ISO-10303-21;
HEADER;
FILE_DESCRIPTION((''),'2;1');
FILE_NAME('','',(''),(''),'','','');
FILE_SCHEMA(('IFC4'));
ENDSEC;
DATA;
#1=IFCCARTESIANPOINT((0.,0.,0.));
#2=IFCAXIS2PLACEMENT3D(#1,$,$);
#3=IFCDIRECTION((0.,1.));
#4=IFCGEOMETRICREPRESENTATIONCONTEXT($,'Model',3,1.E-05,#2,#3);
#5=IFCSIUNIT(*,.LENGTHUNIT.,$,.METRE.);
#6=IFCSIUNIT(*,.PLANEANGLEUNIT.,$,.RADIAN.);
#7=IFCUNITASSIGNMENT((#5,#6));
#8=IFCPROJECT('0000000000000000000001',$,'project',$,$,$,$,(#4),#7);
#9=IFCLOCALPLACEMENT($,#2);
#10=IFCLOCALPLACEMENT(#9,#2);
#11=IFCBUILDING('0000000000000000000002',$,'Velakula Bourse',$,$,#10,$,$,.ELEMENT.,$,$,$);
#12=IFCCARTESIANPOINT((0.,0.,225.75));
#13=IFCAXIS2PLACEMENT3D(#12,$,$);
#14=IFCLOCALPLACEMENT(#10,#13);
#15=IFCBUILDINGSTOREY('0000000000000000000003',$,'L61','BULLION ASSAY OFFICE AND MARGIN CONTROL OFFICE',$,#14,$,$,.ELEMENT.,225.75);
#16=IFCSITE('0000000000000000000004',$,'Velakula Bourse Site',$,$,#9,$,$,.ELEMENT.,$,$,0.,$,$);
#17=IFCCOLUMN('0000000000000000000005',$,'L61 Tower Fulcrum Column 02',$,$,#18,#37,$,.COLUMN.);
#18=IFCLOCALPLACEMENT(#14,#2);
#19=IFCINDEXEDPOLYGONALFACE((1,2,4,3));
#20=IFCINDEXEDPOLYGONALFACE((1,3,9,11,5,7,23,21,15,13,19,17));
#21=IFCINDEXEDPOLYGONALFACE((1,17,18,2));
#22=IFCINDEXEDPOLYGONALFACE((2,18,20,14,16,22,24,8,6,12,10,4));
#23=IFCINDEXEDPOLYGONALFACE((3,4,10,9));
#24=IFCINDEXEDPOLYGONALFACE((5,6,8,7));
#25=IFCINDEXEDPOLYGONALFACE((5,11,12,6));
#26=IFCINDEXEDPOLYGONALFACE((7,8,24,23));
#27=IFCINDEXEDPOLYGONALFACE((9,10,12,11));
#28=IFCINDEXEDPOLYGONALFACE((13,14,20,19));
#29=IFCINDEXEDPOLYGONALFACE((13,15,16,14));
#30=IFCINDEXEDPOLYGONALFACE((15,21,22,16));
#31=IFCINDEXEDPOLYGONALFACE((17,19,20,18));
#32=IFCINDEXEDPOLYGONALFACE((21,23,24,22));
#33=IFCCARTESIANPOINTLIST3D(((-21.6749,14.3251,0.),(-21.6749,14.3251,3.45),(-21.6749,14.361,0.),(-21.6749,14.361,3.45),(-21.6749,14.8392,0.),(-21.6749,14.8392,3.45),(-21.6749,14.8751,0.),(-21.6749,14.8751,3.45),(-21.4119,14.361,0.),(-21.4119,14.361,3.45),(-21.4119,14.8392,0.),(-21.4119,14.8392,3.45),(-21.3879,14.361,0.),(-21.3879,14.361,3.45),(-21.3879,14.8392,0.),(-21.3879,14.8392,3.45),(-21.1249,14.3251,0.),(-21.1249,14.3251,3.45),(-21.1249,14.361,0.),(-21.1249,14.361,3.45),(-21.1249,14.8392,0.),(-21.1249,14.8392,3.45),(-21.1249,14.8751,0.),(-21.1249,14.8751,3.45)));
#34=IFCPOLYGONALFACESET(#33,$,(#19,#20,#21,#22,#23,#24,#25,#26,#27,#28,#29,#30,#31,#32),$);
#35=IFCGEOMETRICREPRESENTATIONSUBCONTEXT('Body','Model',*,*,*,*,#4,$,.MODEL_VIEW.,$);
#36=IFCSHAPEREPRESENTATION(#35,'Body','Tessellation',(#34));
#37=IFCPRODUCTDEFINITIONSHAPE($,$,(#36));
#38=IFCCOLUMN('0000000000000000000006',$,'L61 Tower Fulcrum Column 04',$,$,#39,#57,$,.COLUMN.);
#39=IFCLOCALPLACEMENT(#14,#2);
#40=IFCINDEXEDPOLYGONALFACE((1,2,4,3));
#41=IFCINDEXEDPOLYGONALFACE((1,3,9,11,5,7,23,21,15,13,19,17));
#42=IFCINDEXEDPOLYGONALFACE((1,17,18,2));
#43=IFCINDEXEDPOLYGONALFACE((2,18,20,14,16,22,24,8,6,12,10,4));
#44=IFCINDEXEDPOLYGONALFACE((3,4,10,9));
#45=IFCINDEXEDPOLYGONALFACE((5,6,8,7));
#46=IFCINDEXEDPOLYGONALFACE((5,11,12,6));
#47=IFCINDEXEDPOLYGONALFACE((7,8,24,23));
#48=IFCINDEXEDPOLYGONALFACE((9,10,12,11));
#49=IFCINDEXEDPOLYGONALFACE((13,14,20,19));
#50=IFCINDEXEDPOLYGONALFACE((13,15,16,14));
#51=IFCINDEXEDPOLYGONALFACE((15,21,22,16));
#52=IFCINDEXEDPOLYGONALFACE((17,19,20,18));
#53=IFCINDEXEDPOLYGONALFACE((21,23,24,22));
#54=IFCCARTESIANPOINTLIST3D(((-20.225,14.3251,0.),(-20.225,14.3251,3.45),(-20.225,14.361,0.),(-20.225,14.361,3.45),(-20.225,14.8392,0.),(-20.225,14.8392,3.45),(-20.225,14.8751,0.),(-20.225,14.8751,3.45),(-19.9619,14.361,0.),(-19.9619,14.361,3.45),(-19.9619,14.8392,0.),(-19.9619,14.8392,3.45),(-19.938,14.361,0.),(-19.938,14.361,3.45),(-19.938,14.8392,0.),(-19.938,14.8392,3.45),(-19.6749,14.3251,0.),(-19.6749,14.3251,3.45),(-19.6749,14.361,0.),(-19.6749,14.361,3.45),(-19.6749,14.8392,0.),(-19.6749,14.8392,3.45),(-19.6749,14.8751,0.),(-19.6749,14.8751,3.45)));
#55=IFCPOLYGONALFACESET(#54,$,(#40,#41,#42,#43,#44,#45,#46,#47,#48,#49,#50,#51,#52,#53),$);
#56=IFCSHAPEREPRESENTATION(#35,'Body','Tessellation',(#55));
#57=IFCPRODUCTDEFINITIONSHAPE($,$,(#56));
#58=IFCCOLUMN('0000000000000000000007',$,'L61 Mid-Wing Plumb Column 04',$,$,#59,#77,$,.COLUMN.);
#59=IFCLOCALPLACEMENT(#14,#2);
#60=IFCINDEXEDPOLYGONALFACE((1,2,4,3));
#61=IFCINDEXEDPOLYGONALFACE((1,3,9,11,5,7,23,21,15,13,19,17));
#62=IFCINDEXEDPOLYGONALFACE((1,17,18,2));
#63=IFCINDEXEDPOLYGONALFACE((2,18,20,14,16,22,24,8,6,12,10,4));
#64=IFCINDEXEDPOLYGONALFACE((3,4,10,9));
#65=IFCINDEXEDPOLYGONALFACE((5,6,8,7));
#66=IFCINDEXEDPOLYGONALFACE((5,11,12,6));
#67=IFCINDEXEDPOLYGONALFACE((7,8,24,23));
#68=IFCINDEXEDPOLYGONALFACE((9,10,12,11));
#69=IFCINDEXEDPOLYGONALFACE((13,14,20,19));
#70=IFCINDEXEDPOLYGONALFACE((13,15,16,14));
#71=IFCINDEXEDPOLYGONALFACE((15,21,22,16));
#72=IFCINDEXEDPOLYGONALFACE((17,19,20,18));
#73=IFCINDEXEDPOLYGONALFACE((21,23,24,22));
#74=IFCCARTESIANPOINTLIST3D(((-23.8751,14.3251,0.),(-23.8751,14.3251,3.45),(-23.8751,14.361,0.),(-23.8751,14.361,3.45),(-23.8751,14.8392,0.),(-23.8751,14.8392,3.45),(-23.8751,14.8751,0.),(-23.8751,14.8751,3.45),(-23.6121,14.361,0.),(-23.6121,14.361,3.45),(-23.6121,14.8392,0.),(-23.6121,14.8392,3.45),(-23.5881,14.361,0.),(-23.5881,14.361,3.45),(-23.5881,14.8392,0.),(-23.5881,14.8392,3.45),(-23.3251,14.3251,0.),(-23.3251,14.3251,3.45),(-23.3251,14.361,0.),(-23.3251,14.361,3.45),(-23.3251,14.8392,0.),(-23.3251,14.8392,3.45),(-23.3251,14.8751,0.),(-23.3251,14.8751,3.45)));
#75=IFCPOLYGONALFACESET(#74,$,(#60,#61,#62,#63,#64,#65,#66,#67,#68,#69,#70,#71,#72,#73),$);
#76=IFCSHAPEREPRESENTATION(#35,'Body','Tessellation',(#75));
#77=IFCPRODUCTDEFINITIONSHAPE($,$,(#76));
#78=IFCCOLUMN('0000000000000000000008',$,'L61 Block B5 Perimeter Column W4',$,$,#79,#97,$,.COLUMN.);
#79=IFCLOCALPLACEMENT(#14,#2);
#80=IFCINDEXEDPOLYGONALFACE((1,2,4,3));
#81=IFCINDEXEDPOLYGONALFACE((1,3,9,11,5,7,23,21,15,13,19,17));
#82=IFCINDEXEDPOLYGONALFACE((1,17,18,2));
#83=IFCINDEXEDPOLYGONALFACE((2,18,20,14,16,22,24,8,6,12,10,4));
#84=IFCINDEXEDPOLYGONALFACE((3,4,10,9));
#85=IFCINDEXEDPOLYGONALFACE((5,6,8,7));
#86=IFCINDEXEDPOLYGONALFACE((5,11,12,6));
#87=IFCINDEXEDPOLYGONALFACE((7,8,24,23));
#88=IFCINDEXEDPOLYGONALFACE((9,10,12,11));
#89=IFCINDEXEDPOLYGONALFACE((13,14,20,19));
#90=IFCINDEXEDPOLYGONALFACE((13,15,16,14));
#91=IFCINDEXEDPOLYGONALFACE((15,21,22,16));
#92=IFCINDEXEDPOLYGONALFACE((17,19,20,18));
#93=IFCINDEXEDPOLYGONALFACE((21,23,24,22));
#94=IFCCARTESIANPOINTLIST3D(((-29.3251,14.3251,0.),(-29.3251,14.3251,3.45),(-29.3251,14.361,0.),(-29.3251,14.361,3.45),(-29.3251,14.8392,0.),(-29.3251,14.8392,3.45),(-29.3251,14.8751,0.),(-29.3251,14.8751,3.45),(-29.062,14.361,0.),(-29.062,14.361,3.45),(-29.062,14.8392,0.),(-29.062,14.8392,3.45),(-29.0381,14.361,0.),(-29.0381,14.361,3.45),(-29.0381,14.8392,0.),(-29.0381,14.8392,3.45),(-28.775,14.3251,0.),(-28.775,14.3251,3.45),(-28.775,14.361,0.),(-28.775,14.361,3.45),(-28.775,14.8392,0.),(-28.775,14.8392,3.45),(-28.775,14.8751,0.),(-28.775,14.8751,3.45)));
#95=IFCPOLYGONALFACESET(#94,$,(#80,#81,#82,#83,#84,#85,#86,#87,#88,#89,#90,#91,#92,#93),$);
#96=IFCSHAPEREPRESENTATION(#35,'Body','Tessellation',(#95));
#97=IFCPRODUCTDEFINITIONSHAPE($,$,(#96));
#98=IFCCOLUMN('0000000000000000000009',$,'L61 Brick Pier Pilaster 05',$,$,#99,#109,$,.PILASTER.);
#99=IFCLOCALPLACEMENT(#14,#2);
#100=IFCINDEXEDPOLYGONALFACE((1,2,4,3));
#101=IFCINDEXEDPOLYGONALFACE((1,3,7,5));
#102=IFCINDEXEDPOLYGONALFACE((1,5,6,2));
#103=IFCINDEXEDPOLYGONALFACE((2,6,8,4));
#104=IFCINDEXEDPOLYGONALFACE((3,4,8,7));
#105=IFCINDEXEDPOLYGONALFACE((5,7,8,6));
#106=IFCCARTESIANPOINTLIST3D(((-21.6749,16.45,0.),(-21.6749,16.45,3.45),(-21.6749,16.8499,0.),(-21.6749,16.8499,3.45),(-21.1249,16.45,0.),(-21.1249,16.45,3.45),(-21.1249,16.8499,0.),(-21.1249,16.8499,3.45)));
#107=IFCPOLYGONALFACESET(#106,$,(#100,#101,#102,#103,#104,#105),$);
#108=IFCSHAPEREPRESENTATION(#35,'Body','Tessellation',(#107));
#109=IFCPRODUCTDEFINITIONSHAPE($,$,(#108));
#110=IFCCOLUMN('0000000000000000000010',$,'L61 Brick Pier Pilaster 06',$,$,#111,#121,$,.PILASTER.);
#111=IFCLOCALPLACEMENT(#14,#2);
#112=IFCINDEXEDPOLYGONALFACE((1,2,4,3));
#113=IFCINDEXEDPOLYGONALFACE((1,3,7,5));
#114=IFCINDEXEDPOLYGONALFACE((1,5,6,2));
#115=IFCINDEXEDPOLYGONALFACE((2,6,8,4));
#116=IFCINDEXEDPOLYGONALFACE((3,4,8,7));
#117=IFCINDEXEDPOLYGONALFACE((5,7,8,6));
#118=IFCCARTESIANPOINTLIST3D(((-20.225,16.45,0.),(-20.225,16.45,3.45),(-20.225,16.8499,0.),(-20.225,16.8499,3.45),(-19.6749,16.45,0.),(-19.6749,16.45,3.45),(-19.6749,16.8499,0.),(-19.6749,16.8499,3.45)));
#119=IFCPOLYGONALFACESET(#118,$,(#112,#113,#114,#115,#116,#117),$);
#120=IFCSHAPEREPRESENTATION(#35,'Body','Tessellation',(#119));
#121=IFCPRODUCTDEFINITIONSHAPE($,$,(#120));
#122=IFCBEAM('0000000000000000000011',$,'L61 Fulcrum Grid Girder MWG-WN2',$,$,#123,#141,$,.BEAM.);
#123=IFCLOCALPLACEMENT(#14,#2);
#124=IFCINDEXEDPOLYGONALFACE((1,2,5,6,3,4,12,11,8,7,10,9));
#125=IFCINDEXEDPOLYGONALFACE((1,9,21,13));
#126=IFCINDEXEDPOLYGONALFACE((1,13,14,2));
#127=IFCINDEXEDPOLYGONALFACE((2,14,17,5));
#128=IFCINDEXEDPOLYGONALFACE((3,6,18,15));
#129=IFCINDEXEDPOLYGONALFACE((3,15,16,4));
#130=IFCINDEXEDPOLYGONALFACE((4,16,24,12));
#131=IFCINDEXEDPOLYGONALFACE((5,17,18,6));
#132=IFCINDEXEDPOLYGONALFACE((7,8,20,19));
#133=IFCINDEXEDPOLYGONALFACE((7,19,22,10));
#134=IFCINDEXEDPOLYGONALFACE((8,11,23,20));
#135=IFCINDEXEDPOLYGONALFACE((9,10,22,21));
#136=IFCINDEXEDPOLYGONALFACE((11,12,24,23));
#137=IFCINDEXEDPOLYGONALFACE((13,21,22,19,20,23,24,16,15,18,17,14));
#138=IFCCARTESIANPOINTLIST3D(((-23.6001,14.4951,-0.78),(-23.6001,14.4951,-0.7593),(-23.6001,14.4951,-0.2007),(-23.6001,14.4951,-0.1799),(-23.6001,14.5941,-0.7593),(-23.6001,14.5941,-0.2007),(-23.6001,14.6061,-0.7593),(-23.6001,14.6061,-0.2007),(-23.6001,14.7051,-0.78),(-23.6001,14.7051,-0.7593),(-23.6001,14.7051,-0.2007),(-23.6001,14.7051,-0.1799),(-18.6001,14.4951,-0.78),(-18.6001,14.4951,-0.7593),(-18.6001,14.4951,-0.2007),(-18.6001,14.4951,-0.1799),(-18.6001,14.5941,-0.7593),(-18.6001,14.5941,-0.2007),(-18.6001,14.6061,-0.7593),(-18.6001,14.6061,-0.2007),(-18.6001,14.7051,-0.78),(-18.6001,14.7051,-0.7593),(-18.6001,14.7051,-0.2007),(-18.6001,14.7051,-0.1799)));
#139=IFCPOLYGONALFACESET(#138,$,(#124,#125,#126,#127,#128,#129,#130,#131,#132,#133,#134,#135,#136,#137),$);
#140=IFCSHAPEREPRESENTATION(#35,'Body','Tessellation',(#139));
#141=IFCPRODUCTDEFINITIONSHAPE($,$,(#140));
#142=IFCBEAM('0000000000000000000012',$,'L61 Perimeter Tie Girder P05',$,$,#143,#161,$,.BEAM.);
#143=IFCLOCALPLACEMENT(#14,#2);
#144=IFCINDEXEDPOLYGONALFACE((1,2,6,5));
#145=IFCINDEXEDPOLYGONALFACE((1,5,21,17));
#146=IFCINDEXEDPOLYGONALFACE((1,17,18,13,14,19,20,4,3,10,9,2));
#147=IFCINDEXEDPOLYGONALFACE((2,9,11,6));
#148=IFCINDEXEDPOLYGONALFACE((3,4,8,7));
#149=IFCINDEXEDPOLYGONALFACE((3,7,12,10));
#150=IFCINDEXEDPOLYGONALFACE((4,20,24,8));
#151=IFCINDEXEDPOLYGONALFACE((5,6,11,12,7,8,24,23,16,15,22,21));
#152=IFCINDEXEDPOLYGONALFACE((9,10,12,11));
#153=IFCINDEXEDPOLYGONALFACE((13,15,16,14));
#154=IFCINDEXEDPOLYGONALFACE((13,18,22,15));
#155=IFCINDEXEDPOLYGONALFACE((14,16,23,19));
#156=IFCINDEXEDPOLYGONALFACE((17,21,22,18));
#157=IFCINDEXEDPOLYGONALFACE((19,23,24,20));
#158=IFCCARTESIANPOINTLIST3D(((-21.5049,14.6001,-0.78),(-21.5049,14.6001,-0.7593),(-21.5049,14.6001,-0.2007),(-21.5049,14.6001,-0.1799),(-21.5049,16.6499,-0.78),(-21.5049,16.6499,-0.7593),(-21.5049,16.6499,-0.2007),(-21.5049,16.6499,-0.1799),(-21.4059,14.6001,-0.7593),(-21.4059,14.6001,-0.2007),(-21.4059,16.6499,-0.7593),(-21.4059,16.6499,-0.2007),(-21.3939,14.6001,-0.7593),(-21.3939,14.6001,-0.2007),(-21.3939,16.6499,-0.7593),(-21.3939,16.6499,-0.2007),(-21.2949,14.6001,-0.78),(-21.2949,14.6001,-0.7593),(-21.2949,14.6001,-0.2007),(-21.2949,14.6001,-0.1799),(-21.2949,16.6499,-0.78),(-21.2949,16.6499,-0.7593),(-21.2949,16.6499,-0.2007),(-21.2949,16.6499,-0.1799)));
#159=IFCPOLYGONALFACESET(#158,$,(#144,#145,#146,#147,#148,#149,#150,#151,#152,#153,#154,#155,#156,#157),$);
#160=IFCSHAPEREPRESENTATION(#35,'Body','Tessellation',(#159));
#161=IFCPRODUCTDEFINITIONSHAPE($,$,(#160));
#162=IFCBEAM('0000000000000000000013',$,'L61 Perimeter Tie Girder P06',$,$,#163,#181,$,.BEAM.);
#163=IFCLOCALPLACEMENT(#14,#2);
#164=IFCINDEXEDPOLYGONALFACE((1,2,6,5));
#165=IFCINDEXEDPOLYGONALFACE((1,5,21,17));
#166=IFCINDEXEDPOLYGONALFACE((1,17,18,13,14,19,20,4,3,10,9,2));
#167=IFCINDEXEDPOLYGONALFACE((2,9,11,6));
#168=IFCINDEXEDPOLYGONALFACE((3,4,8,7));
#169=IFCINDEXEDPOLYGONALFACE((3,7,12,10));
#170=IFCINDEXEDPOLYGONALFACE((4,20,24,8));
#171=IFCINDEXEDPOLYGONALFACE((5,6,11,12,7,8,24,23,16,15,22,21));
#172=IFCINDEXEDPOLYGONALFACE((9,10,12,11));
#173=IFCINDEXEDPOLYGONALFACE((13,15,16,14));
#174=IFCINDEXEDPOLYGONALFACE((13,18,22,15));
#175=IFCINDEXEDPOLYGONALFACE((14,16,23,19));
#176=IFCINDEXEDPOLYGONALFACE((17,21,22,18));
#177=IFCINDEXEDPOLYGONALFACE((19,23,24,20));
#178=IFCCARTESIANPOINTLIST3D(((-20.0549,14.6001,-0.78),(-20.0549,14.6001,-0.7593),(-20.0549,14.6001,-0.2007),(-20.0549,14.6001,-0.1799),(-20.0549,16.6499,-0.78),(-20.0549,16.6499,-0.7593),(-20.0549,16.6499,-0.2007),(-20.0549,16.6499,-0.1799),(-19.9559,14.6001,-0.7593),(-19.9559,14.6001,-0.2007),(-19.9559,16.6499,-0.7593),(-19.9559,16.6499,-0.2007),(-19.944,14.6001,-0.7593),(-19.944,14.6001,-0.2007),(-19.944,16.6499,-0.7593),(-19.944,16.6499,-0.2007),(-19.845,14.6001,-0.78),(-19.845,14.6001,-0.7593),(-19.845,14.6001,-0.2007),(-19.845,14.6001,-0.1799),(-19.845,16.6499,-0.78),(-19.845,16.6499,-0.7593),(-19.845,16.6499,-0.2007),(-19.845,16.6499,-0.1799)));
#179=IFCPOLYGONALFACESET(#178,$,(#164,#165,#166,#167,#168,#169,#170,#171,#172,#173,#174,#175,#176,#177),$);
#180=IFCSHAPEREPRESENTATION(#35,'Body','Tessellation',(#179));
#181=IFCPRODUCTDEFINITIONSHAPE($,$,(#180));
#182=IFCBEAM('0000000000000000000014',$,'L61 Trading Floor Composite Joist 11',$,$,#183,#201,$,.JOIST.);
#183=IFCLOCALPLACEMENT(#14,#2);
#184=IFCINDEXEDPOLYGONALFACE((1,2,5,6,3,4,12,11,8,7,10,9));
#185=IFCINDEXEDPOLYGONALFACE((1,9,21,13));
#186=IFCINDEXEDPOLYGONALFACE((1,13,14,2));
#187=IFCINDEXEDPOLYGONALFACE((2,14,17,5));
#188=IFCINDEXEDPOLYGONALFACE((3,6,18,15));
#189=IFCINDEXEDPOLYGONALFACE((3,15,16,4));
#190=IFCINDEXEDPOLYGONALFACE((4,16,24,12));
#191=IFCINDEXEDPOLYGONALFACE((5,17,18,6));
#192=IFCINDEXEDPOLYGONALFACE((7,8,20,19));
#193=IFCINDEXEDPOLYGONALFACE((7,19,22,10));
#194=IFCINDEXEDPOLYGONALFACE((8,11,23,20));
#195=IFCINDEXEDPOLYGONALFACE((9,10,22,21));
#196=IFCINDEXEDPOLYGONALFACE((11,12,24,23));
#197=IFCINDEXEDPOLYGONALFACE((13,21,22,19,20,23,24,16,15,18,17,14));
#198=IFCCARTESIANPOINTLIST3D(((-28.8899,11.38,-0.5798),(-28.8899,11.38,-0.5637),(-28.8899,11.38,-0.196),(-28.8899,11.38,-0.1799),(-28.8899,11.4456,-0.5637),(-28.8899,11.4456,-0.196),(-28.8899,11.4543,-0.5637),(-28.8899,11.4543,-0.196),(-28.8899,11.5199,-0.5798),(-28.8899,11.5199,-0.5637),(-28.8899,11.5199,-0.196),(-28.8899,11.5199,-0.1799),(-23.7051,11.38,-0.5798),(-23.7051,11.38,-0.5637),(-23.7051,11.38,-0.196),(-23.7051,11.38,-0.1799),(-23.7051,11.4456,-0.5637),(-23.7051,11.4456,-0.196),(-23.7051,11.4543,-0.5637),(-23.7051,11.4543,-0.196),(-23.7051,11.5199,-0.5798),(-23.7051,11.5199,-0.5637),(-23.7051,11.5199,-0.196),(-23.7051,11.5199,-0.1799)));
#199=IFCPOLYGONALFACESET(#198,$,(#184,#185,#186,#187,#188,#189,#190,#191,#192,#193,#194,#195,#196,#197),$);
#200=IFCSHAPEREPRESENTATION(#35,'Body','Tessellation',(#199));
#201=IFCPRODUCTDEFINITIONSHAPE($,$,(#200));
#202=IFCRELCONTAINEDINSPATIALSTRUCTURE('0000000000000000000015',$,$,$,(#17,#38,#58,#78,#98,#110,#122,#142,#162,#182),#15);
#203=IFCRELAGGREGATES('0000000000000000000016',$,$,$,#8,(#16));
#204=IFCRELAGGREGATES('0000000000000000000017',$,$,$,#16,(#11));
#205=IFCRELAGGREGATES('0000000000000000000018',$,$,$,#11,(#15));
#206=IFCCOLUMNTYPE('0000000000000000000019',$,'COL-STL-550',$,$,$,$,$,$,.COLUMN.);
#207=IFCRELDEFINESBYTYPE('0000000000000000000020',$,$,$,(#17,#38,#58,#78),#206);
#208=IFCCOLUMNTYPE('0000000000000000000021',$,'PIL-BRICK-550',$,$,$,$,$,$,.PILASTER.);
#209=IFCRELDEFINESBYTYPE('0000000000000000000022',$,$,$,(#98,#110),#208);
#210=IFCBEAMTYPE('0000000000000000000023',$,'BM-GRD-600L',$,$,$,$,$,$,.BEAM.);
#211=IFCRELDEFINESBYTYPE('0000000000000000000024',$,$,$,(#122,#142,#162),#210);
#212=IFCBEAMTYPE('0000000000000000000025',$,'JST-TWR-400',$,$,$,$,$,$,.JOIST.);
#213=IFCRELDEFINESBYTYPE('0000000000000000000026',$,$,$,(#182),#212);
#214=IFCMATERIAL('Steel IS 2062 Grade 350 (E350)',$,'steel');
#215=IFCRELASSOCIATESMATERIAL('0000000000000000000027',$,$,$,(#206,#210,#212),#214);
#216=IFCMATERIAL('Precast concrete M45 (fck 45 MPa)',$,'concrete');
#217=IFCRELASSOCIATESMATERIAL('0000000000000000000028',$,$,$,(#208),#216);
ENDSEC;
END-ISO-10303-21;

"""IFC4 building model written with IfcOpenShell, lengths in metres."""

from ifc_helpers import new_model, si_unit, direction, frame, origin, origin_2d, place, context, subcontext, project, spatial, rectangle, i_section, extrude, material, material_profile, profile_set, type_object, element, save


model = new_model("IFC4")

# Units and contexts
model_context = context("Model", 3, precision=1e-05, world=origin(), true_north=direction((0.0, 1.0)))
body_context = subcontext(model_context, "Body", "Model", "MODEL_VIEW")
ifc_project = project(units=[si_unit("LENGTHUNIT", "METRE"), si_unit("PLANEANGLEUNIT", "RADIAN")], contexts=[model_context])

# Site, building, storey
site_placement = place(None, origin())
site = spatial("IfcSite", under=ifc_project, at=site_placement, Name="Velakula Bourse Site", CompositionType="ELEMENT", RefElevation=0.0)
building_placement = place(site_placement, origin())
building = spatial("IfcBuilding", under=site, at=building_placement, Name="Velakula Bourse", CompositionType="ELEMENT")
storey_placement = place(building_placement, frame((0.0, 0.0, 225.75)))
storey = spatial("IfcBuildingStorey", under=building, at=storey_placement, Name="L61", Description="BULLION ASSAY OFFICE AND MARGIN CONTROL OFFICE", CompositionType="ELEMENT", Elevation=225.75)

# Columns
ifc_material_1 = material(Name="Steel IS 2062 Grade 350 (E350)", Category="steel")
ifc_material_profile_1 = material_profile(ifc_material_1, i_section(OverallWidth=0.55, OverallDepth=0.55, WebThickness=0.0239, FlangeThickness=0.0359, at=origin_2d()), Name="Steel IS 2062 Grade 350 (E350)")
ifc_profile_set_1 = profile_set([ifc_material_profile_1], Name="Steel IS 2062 Grade 350 (E350)")
column_type_1 = type_object("IfcColumnType", Name="COL-STL-550", PredefinedType="COLUMN", material=ifc_profile_set_1)
for number, where, z_axis, x_axis, name in (
    (1, (-21.3999, 14.6001, 0.0), (0.0, 0.0, 1.0), (1.0, 0.0, 0.0), "L61 Tower Fulcrum Column 02"),
    (2, (-19.95, 14.6001, 0.0), (0.0, 0.0, 1.0), (1.0, 0.0, 0.0), "L61 Tower Fulcrum Column 04"),
    (3, (-23.6001, 14.6001, 0.0), (0.0, 0.0, 1.0), (1.0, 0.0, 0.0), "L61 Mid-Wing Plumb Column 04"),
    (4, (-29.05, 14.6001, 0.0), (0.0, 0.0, 1.0), (1.0, 0.0, 0.0), "L61 Block B5 Perimeter Column W4"),
):
    element("IfcColumn", number, at=place(storey_placement, frame(where, z_axis=z_axis, x_axis=x_axis)), inside=storey, type_object=column_type_1, Name=name, PredefinedType="COLUMN", context=body_context, shape_type="SweptSolid", body=[
        extrude(i_section(OverallWidth=0.55, OverallDepth=0.55, WebThickness=0.0239, FlangeThickness=0.0359, at=origin_2d()), origin(), (0.0, 0.0, 1.0), 3.45),
    ])
ifc_material_2 = material(Name="Precast concrete M45 (fck 45 MPa)", Category="concrete")
ifc_material_profile_2 = material_profile(ifc_material_2, rectangle(XDim=0.55, YDim=0.3999, at=origin_2d()), Name="Precast concrete M45 (fck 45 MPa)")
ifc_profile_set_2 = profile_set([ifc_material_profile_2], Name="Precast concrete M45 (fck 45 MPa)")
column_type_2 = type_object("IfcColumnType", Name="PIL-BRICK-550", PredefinedType="PILASTER", material=ifc_profile_set_2)
for number, where, z_axis, x_axis, name in (
    (5, (-21.3999, 16.6499, 0.0), (0.0, 0.0, 1.0), (1.0, 0.0, 0.0), "L61 Brick Pier Pilaster 05"),
    (6, (-19.95, 16.6499, 0.0), (0.0, 0.0, 1.0), (1.0, 0.0, 0.0), "L61 Brick Pier Pilaster 06"),
):
    element("IfcColumn", number, at=place(storey_placement, frame(where, z_axis=z_axis, x_axis=x_axis)), inside=storey, type_object=column_type_2, Name=name, PredefinedType="PILASTER", context=body_context, shape_type="SweptSolid", body=[
        extrude(rectangle(XDim=0.55, YDim=0.3999, at=origin_2d()), origin(), (0.0, 0.0, 1.0), 3.45),
    ])

# Beams
ifc_material_profile_3 = material_profile(ifc_material_1, i_section(OverallWidth=0.21, OverallDepth=0.6001, WebThickness=0.012, FlangeThickness=0.0208, at=origin_2d()), Name="Steel IS 2062 Grade 350 (E350)")
ifc_profile_set_3 = profile_set([ifc_material_profile_3], Name="Steel IS 2062 Grade 350 (E350)")
beam_type_1 = type_object("IfcBeamType", Name="BM-GRD-600L", PredefinedType="BEAM", material=ifc_profile_set_3)
beam_1_placement = place(storey_placement, frame((-23.6001, 14.6001, -0.48), z_axis=(1.0, 0.0, 0.0), x_axis=(0.0, 1.0, 0.0)))
element("IfcBeam", 7, at=beam_1_placement, inside=storey, type_object=beam_type_1, Name="L61 Fulcrum Grid Girder MWG-WN2", PredefinedType="BEAM", context=body_context, shape_type="SweptSolid", body=[
    extrude(i_section(OverallWidth=0.21, OverallDepth=0.6001, WebThickness=0.012, FlangeThickness=0.0208, at=origin_2d()), origin(), (0.0, 0.0, 1.0), 5.0),
])
for number, where, z_axis, x_axis, name in (
    (8, (-21.3999, 14.6001, -0.48), (0.0, 1.0, 0.0), (-1.0, 0.0, 0.0), "L61 Perimeter Tie Girder P05"),
    (9, (-19.95, 14.6001, -0.48), (0.0, 1.0, 0.0), (-1.0, 0.0, 0.0), "L61 Perimeter Tie Girder P06"),
):
    element("IfcBeam", number, at=place(storey_placement, frame(where, z_axis=z_axis, x_axis=x_axis)), inside=storey, type_object=beam_type_1, Name=name, PredefinedType="BEAM", context=body_context, shape_type="SweptSolid", body=[
        extrude(i_section(OverallWidth=0.21, OverallDepth=0.6001, WebThickness=0.012, FlangeThickness=0.0208, at=origin_2d()), origin(), (0.0, 0.0, 1.0), 2.0498),
    ])
ifc_material_profile_4 = material_profile(ifc_material_1, i_section(OverallWidth=0.1399, OverallDepth=0.3999, WebThickness=0.0088, FlangeThickness=0.0161, at=origin_2d()), Name="Steel IS 2062 Grade 350 (E350)")
ifc_profile_set_4 = profile_set([ifc_material_profile_4], Name="Steel IS 2062 Grade 350 (E350)")
beam_type_2 = type_object("IfcBeamType", Name="JST-TWR-400", PredefinedType="JOIST", material=ifc_profile_set_4)
beam_2_placement = place(storey_placement, frame((-28.8899, 11.45, -0.3799), z_axis=(1.0, 0.0, 0.0), x_axis=(0.0, 1.0, 0.0)))
element("IfcBeam", 10, at=beam_2_placement, inside=storey, type_object=beam_type_2, Name="L61 Trading Floor Composite Joist 11", PredefinedType="JOIST", context=body_context, shape_type="SweptSolid", body=[
    extrude(i_section(OverallWidth=0.1399, OverallDepth=0.3999, WebThickness=0.0088, FlangeThickness=0.0161, at=origin_2d()), origin(), (0.0, 0.0, 1.0), 5.1848),
])

save(model, "model.ifc")
